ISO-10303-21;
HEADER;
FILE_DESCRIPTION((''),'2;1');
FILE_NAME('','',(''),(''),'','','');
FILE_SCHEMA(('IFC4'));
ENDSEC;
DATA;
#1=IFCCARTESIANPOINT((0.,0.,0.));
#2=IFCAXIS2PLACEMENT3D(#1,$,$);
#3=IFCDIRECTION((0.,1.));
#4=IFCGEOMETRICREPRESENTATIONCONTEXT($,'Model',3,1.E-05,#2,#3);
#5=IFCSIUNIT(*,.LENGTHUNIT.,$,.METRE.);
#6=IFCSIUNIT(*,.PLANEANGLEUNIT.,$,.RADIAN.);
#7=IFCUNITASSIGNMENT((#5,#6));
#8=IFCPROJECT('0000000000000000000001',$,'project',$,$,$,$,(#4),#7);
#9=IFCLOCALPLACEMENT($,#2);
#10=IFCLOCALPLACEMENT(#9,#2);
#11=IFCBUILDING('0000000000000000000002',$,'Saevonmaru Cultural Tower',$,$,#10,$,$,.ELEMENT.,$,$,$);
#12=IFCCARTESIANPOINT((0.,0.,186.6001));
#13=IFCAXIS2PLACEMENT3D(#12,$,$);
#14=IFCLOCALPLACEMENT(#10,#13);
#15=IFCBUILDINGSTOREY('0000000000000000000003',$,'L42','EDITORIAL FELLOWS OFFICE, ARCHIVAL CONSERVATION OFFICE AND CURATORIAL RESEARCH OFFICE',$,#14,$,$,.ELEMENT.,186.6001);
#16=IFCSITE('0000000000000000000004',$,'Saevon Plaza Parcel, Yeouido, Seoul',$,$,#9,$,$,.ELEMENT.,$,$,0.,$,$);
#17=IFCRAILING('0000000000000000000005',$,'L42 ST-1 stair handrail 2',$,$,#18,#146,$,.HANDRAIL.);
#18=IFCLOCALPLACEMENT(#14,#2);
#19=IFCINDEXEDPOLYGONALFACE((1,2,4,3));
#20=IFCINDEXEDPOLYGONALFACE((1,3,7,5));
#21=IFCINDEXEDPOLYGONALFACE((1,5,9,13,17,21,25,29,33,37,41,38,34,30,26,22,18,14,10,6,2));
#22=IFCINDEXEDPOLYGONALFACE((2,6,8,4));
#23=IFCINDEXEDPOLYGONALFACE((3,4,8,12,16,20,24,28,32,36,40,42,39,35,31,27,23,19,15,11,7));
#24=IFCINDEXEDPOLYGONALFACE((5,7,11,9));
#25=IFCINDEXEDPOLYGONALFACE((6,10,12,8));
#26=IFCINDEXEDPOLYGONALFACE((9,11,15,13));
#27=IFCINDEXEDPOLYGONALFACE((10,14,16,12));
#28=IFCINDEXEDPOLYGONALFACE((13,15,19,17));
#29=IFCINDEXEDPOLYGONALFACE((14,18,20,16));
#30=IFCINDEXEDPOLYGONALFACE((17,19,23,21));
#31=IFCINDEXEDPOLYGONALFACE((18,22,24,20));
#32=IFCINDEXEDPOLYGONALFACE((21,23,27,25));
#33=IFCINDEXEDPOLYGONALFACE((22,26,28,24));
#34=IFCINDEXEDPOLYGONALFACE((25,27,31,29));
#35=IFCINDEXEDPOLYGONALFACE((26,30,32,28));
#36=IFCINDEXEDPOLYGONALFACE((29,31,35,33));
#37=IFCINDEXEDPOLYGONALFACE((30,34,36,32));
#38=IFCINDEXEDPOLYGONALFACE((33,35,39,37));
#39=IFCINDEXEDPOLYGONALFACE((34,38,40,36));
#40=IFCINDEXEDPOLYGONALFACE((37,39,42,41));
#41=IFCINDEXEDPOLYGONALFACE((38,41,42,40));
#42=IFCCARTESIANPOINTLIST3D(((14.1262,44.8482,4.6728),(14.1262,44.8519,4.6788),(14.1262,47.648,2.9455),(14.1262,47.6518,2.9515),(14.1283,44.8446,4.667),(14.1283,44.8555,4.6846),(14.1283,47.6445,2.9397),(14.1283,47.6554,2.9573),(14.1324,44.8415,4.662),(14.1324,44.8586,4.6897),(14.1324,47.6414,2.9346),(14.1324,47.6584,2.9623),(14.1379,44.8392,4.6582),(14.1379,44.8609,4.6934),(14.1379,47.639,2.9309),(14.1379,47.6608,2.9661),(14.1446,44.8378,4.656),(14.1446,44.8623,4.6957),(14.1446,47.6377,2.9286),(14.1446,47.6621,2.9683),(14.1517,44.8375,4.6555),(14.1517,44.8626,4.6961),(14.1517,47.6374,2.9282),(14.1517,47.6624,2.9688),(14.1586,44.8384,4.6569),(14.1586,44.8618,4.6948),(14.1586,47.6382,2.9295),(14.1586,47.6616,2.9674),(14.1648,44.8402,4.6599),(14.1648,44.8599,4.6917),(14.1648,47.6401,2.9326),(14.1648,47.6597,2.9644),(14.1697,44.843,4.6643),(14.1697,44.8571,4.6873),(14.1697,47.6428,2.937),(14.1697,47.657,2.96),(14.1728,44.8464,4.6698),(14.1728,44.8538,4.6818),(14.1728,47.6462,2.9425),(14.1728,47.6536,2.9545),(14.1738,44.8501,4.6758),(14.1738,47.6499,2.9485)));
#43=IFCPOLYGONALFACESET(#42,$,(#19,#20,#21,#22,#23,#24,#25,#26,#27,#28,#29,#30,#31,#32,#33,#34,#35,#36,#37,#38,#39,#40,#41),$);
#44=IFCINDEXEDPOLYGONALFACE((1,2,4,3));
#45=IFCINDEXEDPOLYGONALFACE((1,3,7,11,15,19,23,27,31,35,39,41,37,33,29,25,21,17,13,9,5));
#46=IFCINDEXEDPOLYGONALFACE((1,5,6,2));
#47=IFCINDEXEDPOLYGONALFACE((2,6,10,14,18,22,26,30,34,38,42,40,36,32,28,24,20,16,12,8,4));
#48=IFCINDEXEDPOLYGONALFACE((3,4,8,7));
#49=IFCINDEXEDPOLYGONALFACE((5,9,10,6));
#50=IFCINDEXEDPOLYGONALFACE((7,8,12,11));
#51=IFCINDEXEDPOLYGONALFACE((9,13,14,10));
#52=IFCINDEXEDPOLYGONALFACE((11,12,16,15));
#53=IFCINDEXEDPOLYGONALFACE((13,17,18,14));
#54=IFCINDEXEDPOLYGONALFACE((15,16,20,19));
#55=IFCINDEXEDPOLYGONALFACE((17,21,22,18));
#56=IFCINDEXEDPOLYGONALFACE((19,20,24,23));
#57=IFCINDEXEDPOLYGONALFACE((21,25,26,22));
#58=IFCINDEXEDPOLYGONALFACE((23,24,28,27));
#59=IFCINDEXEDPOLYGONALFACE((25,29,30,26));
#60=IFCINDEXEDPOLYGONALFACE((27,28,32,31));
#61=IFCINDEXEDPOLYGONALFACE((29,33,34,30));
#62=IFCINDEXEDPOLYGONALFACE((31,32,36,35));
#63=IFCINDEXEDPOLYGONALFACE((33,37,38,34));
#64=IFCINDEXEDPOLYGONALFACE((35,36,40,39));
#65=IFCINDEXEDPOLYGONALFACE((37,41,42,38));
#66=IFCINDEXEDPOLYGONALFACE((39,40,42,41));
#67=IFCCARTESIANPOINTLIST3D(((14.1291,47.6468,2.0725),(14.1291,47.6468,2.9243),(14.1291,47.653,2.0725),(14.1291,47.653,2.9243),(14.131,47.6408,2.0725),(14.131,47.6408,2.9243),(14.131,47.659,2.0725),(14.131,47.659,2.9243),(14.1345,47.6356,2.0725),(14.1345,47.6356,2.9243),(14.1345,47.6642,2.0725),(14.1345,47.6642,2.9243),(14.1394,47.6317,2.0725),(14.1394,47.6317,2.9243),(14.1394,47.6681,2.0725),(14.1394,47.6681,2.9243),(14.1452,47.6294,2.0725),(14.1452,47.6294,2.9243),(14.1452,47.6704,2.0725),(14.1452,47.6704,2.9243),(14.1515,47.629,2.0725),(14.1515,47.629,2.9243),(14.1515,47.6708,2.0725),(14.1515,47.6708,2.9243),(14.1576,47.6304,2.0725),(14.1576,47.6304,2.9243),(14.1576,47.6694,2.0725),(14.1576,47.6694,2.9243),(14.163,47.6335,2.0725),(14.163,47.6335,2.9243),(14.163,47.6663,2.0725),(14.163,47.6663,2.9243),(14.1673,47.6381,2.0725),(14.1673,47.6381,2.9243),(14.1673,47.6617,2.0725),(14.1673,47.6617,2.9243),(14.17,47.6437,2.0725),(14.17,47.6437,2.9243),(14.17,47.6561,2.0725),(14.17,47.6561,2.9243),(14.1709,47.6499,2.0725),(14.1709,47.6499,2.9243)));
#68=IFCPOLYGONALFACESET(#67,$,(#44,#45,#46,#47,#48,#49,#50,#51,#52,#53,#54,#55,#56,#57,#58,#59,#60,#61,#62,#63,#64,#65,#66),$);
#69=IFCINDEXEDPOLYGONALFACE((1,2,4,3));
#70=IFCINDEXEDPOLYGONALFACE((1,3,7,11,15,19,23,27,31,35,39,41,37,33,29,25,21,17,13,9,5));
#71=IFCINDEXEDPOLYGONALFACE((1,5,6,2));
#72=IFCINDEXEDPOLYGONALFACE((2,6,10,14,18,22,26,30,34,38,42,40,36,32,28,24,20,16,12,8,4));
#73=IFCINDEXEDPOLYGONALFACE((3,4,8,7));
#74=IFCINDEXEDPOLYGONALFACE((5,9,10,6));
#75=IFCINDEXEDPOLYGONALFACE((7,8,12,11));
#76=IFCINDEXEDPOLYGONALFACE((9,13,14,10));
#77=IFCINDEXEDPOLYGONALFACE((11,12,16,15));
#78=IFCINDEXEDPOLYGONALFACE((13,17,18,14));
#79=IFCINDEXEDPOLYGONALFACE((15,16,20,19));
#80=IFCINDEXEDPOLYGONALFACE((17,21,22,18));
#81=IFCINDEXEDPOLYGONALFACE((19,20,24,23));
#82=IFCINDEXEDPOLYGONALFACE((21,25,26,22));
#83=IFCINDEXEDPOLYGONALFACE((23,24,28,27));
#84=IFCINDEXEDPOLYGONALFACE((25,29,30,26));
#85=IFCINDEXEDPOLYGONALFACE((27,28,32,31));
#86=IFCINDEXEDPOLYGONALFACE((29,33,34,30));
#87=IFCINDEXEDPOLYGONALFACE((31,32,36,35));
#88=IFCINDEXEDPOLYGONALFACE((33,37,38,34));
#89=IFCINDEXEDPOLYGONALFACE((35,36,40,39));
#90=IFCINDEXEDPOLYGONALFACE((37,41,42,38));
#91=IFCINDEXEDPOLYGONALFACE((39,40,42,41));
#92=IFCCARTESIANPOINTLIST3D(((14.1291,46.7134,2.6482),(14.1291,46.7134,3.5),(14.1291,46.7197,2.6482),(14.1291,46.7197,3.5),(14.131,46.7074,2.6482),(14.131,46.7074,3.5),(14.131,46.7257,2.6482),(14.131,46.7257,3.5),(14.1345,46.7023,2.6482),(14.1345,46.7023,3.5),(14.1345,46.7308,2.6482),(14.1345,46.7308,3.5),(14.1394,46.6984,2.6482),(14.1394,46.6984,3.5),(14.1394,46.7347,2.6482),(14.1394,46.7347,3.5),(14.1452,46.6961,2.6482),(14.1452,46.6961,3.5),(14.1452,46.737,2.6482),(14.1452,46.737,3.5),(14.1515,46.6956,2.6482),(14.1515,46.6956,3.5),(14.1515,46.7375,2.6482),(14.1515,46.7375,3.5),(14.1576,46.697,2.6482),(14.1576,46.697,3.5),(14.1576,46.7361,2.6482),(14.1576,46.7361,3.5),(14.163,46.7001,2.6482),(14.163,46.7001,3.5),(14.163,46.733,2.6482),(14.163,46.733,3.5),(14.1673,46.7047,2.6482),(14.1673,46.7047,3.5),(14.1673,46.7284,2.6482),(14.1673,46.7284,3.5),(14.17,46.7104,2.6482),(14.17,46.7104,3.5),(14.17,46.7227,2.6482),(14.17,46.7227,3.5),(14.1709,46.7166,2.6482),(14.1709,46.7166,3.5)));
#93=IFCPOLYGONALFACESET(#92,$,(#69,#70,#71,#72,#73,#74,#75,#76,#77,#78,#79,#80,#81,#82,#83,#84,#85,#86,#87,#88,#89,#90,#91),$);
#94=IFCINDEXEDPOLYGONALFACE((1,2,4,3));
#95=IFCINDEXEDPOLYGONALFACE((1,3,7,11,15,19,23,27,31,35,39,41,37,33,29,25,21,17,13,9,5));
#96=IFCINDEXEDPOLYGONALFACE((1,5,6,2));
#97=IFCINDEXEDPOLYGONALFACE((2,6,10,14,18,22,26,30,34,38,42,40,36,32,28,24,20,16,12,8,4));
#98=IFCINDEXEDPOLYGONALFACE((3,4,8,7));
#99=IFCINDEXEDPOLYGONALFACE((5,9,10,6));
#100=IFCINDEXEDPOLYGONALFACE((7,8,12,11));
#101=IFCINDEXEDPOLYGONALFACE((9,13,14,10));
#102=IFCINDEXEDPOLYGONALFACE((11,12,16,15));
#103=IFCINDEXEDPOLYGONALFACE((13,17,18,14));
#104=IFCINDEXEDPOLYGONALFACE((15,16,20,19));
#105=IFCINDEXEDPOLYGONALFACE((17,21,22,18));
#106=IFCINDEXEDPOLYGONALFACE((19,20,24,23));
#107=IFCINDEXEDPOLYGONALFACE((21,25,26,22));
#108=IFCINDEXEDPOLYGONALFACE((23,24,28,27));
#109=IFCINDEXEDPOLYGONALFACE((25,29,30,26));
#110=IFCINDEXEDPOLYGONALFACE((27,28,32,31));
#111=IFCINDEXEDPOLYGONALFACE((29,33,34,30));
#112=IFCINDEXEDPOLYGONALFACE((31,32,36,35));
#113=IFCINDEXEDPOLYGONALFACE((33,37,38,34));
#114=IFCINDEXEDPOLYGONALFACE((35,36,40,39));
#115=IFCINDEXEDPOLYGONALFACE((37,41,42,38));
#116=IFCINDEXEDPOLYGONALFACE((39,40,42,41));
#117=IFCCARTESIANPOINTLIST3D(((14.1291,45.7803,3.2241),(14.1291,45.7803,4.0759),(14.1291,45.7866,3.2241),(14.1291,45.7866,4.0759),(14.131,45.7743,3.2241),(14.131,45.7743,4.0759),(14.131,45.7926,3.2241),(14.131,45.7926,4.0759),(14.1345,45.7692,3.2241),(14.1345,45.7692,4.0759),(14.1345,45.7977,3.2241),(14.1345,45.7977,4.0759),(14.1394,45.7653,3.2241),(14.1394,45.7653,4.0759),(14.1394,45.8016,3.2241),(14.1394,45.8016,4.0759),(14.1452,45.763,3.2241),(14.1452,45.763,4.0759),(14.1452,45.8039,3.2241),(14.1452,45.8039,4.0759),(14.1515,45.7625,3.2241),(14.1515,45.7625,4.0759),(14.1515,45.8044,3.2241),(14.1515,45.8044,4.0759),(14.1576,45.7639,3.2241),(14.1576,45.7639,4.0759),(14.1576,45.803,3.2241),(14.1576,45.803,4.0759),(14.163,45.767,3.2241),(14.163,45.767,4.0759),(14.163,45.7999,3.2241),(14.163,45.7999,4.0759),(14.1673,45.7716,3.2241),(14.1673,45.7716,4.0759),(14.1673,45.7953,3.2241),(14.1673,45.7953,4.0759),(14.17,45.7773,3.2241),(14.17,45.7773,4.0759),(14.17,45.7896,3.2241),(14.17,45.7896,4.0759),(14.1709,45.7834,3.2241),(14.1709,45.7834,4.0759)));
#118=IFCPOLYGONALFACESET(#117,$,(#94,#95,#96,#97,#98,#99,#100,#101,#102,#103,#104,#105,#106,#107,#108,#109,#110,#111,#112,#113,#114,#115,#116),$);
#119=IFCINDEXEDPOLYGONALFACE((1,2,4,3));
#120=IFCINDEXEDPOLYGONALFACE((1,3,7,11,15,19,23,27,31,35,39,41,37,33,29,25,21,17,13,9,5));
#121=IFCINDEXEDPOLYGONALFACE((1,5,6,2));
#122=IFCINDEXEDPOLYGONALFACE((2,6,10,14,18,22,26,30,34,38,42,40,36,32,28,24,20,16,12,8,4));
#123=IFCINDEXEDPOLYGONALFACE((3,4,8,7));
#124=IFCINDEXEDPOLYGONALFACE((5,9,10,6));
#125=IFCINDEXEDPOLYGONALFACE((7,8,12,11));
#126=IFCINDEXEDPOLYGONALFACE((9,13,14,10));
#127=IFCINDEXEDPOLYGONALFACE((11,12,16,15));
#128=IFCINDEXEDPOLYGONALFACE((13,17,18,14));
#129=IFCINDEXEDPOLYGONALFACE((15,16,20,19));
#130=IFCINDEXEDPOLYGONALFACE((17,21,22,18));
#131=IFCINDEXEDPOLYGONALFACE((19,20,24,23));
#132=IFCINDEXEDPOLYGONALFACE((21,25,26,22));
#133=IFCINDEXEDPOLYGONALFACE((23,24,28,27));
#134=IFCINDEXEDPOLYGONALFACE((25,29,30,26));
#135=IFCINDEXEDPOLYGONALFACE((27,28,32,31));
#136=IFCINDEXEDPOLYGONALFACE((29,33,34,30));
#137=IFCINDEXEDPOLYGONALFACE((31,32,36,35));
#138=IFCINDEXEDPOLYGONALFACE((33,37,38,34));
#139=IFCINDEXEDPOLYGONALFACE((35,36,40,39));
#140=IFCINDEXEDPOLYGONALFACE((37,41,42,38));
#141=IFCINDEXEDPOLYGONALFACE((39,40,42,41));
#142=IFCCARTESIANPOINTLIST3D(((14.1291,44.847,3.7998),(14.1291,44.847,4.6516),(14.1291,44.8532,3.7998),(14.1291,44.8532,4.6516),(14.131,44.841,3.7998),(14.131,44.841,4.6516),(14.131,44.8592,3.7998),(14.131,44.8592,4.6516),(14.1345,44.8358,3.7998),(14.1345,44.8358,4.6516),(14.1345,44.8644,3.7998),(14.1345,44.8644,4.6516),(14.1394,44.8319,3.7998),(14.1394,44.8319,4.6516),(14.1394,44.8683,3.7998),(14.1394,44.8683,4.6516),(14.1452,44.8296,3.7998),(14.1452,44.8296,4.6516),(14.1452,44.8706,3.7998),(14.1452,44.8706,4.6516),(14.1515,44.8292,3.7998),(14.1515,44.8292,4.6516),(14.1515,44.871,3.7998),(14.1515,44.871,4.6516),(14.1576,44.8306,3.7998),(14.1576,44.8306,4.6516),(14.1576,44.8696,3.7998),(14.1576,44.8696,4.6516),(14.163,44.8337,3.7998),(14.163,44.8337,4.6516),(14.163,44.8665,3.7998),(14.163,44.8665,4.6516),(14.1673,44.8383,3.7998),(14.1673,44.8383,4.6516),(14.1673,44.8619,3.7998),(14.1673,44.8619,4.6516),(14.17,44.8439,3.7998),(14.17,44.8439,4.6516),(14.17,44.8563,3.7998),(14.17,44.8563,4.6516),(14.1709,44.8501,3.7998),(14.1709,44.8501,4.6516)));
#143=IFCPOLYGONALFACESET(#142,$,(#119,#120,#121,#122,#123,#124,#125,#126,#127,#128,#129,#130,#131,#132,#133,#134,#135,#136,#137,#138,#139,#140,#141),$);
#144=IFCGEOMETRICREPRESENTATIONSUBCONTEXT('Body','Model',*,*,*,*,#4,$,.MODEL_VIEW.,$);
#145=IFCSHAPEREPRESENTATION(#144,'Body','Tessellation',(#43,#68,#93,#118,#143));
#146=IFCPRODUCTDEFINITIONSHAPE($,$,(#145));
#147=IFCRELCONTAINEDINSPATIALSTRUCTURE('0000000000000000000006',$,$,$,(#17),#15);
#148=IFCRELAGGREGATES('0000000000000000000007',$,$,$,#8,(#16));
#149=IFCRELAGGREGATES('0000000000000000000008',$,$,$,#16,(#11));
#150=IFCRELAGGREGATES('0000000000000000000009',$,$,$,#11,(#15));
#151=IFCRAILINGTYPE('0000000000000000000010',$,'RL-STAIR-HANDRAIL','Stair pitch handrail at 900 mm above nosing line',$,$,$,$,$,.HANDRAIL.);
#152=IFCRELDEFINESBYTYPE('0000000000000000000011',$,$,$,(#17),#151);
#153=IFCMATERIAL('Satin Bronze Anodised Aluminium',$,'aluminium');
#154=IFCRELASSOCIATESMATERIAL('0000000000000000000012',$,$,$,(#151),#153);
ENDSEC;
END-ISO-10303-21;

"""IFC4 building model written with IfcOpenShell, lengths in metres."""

from ifc_helpers import new_model, si_unit, direction, frame, origin, origin_2d, place, context, subcontext, project, spatial, circle, extrude, material, type_object, element, save


model = new_model("IFC4")

# Units and contexts
model_context = context("Model", 3, precision=1e-05, world=origin(), true_north=direction((0.0, 1.0)))
body_context = subcontext(model_context, "Body", "Model", "MODEL_VIEW")
ifc_project = project(units=[si_unit("LENGTHUNIT", "METRE"), si_unit("PLANEANGLEUNIT", "RADIAN")], contexts=[model_context])

# Site, building, storey
site_placement = place(None, origin())
site = spatial("IfcSite", under=ifc_project, at=site_placement, Name="Saevon Plaza Parcel, Yeouido, Seoul", CompositionType="ELEMENT", RefElevation=0.0)
building_placement = place(site_placement, origin())
building = spatial("IfcBuilding", under=site, at=building_placement, Name="Saevonmaru Cultural Tower", CompositionType="ELEMENT")
storey_placement = place(building_placement, frame((0.0, 0.0, 186.6001)))
storey = spatial("IfcBuildingStorey", under=building, at=storey_placement, Name="L42", Description="EDITORIAL FELLOWS OFFICE, ARCHIVAL CONSERVATION OFFICE AND CURATORIAL RESEARCH OFFICE", CompositionType="ELEMENT", Elevation=186.6001)

# Shared definitions
ifc_material_1 = material(Name="Satin Bronze Anodised Aluminium", Category="aluminium")

# Railing
railing_type_1 = type_object("IfcRailingType", Name="RL-STAIR-HANDRAIL", Description="Stair pitch handrail at 900 mm above nosing line", PredefinedType="HANDRAIL", material=ifc_material_1)
railing_1_placement = place(storey_placement, frame((14.1499, 47.6499, 2.0725)))
element("IfcRailing", 1, at=railing_1_placement, inside=storey, type_object=railing_type_1, Name="L42 ST-1 stair handrail 2", PredefinedType="HANDRAIL", context=body_context, shape_type="SweptSolid", body=[
    extrude(circle(Radius=0.0239, at=origin_2d()), frame((0.0, 0.0, 0.876), z_axis=(0.0, -0.851069, 0.525054), x_axis=(1.0, 0.0, 0.0)), (0.0, 0.0, 1.0), 3.2898),
    extrude(circle(Radius=0.021, at=origin_2d()), origin(), (0.0, 0.0, 1.0), 0.8518),
    extrude(circle(Radius=0.021, at=origin_2d()), frame((0.0, -0.9333, 0.5757)), (0.0, 0.0, 1.0), 0.8518),
    extrude(circle(Radius=0.021, at=origin_2d()), frame((0.0, -1.8665, 1.1516)), (0.0, 0.0, 1.0), 0.8518),
    extrude(circle(Radius=0.021, at=origin_2d()), frame((0.0, -2.7998, 1.7273)), (0.0, 0.0, 1.0), 0.8518),
])

save(model, "model.ifc")
